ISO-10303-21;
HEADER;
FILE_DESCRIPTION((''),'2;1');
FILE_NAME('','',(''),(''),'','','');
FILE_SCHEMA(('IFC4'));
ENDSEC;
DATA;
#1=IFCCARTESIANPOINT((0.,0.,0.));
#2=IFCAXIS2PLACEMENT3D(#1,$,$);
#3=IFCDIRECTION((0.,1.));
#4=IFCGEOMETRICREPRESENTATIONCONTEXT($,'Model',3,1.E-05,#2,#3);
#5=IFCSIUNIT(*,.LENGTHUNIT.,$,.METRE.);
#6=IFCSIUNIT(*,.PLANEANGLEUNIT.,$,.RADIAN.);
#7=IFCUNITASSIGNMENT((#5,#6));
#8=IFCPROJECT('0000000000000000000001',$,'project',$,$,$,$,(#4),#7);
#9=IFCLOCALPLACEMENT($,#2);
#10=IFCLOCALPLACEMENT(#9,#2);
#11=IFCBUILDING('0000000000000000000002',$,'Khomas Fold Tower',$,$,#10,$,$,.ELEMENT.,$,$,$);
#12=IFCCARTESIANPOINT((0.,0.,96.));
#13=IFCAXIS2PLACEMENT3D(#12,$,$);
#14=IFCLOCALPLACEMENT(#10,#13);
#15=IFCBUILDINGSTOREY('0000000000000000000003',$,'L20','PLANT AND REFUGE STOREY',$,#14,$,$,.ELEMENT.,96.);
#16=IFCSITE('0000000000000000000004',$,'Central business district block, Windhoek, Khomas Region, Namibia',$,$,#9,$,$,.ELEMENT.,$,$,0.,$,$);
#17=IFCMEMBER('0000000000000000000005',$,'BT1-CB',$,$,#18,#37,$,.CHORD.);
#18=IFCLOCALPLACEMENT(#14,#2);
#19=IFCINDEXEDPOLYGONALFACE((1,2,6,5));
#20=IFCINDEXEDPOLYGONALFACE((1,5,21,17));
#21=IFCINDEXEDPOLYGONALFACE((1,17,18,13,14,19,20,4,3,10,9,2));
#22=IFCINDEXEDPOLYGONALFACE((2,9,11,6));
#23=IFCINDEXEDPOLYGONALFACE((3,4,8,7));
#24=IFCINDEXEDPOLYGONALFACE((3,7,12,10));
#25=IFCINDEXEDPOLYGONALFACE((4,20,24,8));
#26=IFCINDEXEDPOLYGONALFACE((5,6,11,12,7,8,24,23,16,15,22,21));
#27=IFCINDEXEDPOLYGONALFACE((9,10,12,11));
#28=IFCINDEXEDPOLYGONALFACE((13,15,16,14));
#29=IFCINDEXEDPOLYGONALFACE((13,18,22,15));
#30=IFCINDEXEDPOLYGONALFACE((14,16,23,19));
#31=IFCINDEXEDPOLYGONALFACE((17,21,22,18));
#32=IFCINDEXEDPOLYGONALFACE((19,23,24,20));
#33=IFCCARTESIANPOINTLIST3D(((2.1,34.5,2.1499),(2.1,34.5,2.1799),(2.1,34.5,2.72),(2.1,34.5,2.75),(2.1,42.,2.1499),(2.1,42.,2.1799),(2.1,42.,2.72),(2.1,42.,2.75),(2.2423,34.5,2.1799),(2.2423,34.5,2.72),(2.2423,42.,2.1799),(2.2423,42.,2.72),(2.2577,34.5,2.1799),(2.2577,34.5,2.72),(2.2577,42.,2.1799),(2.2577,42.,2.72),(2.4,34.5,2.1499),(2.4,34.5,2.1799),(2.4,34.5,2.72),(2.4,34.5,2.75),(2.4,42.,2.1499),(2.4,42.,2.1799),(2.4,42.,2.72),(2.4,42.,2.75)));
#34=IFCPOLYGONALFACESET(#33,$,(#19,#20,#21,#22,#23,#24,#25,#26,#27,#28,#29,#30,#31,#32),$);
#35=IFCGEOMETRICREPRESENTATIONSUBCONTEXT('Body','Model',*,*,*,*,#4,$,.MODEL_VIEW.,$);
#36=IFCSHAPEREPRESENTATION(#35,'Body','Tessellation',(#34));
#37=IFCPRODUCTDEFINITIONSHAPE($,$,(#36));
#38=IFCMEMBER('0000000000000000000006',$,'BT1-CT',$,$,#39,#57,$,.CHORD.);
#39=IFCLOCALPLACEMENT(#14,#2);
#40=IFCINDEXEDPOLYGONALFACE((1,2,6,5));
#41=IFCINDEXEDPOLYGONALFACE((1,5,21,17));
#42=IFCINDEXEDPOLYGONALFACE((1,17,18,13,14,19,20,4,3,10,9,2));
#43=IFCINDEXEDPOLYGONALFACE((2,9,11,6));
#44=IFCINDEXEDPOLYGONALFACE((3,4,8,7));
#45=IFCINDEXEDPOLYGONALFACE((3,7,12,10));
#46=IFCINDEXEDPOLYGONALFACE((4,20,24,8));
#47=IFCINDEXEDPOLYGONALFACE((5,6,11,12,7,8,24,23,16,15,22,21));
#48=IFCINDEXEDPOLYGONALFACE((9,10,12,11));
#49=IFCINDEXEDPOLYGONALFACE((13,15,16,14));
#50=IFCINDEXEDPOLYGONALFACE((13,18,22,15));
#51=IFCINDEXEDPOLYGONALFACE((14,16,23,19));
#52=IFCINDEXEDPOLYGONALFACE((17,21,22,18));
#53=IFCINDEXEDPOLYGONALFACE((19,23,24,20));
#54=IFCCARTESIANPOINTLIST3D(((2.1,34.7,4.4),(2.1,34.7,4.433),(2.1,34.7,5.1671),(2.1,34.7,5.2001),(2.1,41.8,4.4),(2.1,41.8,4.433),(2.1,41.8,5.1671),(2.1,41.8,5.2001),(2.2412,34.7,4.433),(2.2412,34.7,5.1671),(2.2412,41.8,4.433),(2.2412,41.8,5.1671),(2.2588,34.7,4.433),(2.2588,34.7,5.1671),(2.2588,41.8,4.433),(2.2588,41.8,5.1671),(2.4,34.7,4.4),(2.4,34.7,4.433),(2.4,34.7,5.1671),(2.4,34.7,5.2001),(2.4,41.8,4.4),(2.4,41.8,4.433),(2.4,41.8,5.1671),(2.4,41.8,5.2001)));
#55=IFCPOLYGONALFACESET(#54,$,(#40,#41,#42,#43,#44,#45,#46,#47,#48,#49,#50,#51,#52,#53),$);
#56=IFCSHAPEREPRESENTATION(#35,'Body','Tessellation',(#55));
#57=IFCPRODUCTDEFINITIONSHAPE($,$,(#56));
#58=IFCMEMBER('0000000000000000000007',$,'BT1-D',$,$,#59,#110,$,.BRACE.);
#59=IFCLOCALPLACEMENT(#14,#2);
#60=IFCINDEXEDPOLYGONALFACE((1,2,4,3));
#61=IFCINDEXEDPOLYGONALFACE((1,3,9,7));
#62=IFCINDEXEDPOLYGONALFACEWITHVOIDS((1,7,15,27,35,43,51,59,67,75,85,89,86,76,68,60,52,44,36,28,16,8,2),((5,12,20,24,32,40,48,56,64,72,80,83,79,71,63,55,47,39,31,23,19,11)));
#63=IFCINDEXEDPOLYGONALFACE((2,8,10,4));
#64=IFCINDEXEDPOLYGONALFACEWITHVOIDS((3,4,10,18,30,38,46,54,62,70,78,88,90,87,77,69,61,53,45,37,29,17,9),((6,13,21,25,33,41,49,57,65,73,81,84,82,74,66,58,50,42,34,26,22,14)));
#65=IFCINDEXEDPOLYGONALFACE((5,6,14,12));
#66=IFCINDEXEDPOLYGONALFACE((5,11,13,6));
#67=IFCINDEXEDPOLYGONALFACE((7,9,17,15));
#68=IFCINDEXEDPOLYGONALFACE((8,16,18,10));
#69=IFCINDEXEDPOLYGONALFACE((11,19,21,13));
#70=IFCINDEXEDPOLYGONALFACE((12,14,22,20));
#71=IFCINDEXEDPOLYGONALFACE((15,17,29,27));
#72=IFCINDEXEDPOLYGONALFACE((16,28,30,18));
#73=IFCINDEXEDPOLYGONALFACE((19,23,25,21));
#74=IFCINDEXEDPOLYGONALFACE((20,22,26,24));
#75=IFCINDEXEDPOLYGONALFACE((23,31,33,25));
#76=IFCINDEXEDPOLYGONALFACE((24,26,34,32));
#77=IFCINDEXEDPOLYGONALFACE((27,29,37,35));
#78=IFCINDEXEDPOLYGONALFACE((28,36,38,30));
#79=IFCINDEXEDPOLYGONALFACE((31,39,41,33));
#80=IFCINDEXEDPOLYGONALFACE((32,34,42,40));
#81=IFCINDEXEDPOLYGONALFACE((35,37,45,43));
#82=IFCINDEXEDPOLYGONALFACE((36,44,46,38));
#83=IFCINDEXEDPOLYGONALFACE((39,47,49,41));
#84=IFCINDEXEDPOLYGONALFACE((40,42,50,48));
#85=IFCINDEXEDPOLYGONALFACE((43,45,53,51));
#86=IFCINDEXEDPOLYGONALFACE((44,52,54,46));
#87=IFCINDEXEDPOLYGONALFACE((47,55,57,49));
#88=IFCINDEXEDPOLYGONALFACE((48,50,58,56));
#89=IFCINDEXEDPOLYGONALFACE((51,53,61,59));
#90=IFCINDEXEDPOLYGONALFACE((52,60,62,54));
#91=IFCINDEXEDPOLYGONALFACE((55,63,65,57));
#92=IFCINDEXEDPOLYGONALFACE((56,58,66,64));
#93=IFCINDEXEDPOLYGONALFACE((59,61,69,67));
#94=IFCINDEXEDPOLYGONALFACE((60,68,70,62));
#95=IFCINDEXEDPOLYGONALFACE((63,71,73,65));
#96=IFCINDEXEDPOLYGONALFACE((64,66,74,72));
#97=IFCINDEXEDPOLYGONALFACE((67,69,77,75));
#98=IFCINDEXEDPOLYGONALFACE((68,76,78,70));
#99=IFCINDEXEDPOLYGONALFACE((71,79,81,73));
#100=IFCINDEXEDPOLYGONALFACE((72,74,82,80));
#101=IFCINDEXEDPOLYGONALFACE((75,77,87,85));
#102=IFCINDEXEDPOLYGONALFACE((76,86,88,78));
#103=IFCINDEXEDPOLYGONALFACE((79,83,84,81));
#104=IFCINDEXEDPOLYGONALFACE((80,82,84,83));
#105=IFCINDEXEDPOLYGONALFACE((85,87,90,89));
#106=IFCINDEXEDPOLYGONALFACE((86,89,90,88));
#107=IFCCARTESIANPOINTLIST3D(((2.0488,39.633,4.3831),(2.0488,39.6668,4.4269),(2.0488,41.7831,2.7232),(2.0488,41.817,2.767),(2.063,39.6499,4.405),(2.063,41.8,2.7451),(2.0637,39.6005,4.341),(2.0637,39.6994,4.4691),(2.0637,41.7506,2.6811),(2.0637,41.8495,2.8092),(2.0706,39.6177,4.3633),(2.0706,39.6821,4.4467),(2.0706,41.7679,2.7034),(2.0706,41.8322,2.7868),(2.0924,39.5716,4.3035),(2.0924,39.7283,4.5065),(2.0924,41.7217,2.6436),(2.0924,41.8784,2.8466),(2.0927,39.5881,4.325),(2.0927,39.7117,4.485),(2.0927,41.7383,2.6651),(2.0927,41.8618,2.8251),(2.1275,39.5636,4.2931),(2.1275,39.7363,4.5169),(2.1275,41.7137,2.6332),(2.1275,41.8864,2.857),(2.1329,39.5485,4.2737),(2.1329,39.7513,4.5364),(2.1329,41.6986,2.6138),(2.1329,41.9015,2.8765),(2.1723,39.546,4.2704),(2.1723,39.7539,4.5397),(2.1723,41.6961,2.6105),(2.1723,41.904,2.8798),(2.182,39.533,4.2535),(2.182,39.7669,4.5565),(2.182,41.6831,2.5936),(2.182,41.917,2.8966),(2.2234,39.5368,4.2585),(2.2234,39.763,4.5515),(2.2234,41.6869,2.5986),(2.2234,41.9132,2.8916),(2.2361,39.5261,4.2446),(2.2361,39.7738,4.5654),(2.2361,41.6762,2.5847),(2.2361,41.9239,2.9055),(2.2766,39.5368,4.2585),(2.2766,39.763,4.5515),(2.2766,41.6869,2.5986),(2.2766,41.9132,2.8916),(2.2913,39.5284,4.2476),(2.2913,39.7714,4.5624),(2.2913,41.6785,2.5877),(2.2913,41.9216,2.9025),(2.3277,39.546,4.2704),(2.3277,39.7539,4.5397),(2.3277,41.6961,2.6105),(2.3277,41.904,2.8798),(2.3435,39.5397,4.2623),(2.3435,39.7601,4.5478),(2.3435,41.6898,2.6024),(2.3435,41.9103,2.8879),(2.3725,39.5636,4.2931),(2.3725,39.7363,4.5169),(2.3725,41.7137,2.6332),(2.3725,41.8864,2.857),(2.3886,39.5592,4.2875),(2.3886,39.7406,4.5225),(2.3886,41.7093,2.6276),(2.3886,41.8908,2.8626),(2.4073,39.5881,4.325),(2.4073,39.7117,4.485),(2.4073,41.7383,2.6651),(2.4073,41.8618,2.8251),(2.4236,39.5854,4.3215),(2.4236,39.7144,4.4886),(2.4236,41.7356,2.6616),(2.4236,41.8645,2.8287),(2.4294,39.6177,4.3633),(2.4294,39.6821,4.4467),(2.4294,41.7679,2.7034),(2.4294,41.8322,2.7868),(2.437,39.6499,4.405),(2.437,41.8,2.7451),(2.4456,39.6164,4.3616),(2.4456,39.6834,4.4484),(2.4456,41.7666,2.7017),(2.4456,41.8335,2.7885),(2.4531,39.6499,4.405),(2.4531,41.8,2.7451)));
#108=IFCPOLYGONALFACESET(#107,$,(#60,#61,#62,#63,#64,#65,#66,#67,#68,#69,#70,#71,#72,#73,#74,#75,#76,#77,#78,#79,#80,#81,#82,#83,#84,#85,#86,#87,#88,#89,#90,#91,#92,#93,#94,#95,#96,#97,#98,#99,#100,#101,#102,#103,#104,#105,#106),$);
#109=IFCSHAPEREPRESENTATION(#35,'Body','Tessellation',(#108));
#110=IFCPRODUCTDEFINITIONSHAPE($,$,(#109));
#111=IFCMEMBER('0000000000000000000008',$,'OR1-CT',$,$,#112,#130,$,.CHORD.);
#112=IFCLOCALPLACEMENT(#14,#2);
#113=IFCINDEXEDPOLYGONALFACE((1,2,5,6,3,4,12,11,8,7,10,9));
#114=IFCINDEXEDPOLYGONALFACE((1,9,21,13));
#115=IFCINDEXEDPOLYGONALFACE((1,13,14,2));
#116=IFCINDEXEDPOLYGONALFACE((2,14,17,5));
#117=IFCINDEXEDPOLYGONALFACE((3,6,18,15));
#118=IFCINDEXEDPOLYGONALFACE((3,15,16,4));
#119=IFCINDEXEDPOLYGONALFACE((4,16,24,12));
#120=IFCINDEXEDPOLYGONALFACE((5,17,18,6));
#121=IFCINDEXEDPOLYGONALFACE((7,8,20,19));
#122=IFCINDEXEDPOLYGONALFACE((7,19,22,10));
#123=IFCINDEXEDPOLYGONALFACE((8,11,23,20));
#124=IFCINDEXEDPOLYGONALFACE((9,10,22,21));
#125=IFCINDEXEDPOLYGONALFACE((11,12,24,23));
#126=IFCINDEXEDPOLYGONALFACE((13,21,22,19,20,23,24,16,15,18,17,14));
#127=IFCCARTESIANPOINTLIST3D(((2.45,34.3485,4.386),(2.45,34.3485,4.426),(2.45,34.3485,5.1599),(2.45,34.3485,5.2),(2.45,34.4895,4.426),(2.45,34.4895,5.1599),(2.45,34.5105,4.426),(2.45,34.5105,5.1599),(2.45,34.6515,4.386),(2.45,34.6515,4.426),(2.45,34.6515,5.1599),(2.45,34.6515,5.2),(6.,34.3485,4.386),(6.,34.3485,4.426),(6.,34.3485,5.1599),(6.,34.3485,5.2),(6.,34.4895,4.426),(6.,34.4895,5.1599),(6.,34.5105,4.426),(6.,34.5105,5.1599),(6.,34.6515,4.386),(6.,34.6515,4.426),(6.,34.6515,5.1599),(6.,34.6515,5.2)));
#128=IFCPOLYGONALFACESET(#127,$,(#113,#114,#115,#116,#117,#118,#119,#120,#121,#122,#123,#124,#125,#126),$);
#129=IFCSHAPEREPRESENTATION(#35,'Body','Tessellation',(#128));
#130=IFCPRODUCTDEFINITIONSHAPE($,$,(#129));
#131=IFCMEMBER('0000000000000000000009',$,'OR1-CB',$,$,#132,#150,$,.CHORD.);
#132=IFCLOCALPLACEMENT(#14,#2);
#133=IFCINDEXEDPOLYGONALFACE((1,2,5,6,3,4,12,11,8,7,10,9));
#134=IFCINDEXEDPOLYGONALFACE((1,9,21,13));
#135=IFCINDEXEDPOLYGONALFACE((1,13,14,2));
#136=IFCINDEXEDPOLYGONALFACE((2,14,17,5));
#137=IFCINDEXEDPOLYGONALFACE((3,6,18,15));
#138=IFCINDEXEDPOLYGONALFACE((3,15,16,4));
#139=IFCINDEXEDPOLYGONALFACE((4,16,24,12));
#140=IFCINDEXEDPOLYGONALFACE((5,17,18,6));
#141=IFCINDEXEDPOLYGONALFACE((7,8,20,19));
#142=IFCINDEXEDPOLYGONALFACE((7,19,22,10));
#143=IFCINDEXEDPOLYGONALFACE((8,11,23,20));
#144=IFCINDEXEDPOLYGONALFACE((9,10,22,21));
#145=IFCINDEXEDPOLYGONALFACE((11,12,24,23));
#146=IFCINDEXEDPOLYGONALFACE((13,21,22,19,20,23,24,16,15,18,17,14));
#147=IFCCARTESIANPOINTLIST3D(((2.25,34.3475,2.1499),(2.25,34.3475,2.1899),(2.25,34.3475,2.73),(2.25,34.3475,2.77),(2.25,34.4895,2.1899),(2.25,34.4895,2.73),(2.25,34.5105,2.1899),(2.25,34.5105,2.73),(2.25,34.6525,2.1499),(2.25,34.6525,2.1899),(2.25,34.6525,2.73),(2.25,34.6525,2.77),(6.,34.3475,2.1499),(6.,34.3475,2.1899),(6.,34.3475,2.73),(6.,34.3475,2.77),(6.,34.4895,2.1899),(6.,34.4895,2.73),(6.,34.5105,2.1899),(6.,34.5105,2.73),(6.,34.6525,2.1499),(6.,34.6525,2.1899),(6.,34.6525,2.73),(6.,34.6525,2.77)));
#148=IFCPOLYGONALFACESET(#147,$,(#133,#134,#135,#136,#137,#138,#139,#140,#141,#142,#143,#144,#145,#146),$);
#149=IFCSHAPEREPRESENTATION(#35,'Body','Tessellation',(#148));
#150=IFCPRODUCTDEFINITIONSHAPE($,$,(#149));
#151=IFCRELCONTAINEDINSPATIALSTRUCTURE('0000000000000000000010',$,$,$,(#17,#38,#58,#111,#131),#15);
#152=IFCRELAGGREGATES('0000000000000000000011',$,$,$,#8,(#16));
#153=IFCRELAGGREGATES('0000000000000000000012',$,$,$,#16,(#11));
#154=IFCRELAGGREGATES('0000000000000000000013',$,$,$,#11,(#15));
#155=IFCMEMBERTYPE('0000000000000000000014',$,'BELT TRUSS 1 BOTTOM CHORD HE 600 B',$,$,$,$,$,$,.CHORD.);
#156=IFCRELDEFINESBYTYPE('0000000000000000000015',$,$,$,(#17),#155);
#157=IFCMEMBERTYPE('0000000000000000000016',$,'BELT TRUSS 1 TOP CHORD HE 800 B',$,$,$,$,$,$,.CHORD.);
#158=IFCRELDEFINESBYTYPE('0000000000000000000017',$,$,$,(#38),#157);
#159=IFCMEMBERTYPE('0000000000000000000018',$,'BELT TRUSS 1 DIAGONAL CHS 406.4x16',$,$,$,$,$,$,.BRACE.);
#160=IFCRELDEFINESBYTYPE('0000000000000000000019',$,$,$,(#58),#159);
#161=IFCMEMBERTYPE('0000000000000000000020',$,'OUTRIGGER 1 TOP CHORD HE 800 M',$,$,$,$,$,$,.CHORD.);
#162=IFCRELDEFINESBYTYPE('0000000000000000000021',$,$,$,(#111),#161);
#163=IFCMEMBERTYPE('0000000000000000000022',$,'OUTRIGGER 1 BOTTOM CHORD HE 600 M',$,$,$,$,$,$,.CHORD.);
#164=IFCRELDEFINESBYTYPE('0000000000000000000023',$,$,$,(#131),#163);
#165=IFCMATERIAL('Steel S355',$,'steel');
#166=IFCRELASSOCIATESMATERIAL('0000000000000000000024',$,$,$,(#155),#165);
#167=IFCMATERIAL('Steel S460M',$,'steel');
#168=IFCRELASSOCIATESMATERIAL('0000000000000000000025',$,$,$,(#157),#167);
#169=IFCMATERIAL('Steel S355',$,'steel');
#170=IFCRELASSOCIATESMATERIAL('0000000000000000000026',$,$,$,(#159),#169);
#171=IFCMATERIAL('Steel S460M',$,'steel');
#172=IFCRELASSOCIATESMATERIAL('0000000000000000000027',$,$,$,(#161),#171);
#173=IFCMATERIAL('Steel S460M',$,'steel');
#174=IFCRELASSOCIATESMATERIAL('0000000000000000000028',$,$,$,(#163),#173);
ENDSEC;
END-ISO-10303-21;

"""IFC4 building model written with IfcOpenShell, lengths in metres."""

from ifc_helpers import new_model, si_unit, direction, frame, origin, origin_2d, place, context, subcontext, project, spatial, hollow_circle, i_section, extrude, source, transform, mapped, material, material_profile, profile_set, type_object, element, save


model = new_model("IFC4")

# Units and contexts
model_context = context("Model", 3, precision=1e-05, world=origin(), true_north=direction((0.0, 1.0)))
body_context = subcontext(model_context, "Body", "Model", "MODEL_VIEW")
ifc_project = project(units=[si_unit("LENGTHUNIT", "METRE"), si_unit("PLANEANGLEUNIT", "RADIAN")], contexts=[model_context])

# Site, building, storey
site_placement = place(None, origin())
site = spatial("IfcSite", under=ifc_project, at=site_placement, Name="Central business district block, Windhoek, Khomas Region, Namibia", CompositionType="ELEMENT", RefElevation=0.0)
building_placement = place(site_placement, origin())
building = spatial("IfcBuilding", under=site, at=building_placement, Name="Khomas Fold Tower", CompositionType="ELEMENT")
storey_placement = place(building_placement, frame((0.0, 0.0, 96.0)))
storey = spatial("IfcBuildingStorey", under=building, at=storey_placement, Name="L20", Description="PLANT AND REFUGE STOREY", CompositionType="ELEMENT", Elevation=96.0)

# Members
ifc_material_1 = material(Name="Steel S355", Category="steel")
ifc_material_profile_1 = material_profile(ifc_material_1, i_section(OverallWidth=0.3, OverallDepth=0.6001, WebThickness=0.0154, FlangeThickness=0.03, at=origin_2d()), Name="HE 600 B")
ifc_profile_set_1 = profile_set([ifc_material_profile_1], Name="Steel S355")
member_type_1 = type_object("IfcMemberType", Name="BELT TRUSS 1 BOTTOM CHORD HE 600 B", PredefinedType="CHORD", material=ifc_profile_set_1)
shared_shape_1 = source(origin(), body_context, "Body", "SweptSolid", [
    extrude(i_section(OverallWidth=0.3, OverallDepth=0.6001, WebThickness=0.0154, FlangeThickness=0.03, at=origin_2d()), origin(), (0.0, 0.0, 1.0), 7.5),
])
member_1_placement = place(storey_placement, frame((2.25, 42.0, 2.45), z_axis=(0.0, -1.0, 0.0), x_axis=(1.0, 0.0, 0.0)))
element("IfcMember", 1, at=member_1_placement, inside=storey, type_object=member_type_1, Name="BT1-CB", PredefinedType="CHORD", context=body_context, shape_type="MappedRepresentation", body=[
    mapped(shared_shape_1, transform((0.0, 0.0, 0.0))),
])
ifc_material_2 = material(Name="Steel S460M", Category="steel")
ifc_material_profile_2 = material_profile(ifc_material_2, i_section(OverallWidth=0.3, OverallDepth=0.8, WebThickness=0.0176, FlangeThickness=0.033, at=origin_2d()), Name="HE 800 B")
ifc_profile_set_2 = profile_set([ifc_material_profile_2], Name="Steel S460M")
member_type_2 = type_object("IfcMemberType", Name="BELT TRUSS 1 TOP CHORD HE 800 B", PredefinedType="CHORD", material=ifc_profile_set_2)
shared_shape_2 = source(origin(), body_context, "Body", "SweptSolid", [
    extrude(i_section(OverallWidth=0.3, OverallDepth=0.8, WebThickness=0.0176, FlangeThickness=0.033, at=origin_2d()), origin(), (0.0, 0.0, 1.0), 7.1001),
])
member_2_placement = place(storey_placement, frame((2.25, 41.8, 4.8), z_axis=(0.0, -1.0, 0.0), x_axis=(1.0, 0.0, 0.0)))
element("IfcMember", 2, at=member_2_placement, inside=storey, type_object=member_type_2, Name="BT1-CT", PredefinedType="CHORD", context=body_context, shape_type="MappedRepresentation", body=[
    mapped(shared_shape_2, transform((0.0, 0.0, 0.0))),
])
ifc_material_3 = material(Name="Steel S355", Category="steel")
ifc_material_profile_3 = material_profile(ifc_material_3, hollow_circle(Radius=0.2031, WallThickness=0.0161, at=origin_2d()), Name="CHS 406.4x16")
ifc_profile_set_3 = profile_set([ifc_material_profile_3], Name="Steel S355")
member_type_3 = type_object("IfcMemberType", Name="BELT TRUSS 1 DIAGONAL CHS 406.4x16", PredefinedType="BRACE", material=ifc_profile_set_3)
shared_shape_3 = source(origin(), body_context, "Body", "SweptSolid", [
    extrude(hollow_circle(Radius=0.2031, WallThickness=0.0161, at=origin_2d()), origin(), (0.0, 0.0, 1.0), 2.7163),
])
member_3_placement = place(storey_placement, frame((2.25, 41.8, 2.7451), z_axis=(0.0, -0.791564, 0.611087), x_axis=(1.0, 0.0, 0.0)))
element("IfcMember", 3, at=member_3_placement, inside=storey, type_object=member_type_3, Name="BT1-D", PredefinedType="BRACE", context=body_context, shape_type="MappedRepresentation", body=[
    mapped(shared_shape_3, transform((0.0, 0.0, 0.0))),
])
ifc_material_4 = material(Name="Steel S460M", Category="steel")
ifc_material_profile_4 = material_profile(ifc_material_4, i_section(OverallWidth=0.303, OverallDepth=0.814, WebThickness=0.021, FlangeThickness=0.04, at=origin_2d()), Name="HE 800 M")
ifc_profile_set_4 = profile_set([ifc_material_profile_4], Name="Steel S460M")
member_type_4 = type_object("IfcMemberType", Name="OUTRIGGER 1 TOP CHORD HE 800 M", PredefinedType="CHORD", material=ifc_profile_set_4)
shared_shape_4 = source(origin(), body_context, "Body", "SweptSolid", [
    extrude(i_section(OverallWidth=0.303, OverallDepth=0.814, WebThickness=0.021, FlangeThickness=0.04, at=origin_2d()), origin(), (0.0, 0.0, 1.0), 3.55),
])
member_4_placement = place(storey_placement, frame((6.0, 34.5, 4.793), z_axis=(-1.0, 0.0, 0.0), x_axis=(0.0, -1.0, 0.0)))
element("IfcMember", 4, at=member_4_placement, inside=storey, type_object=member_type_4, Name="OR1-CT", PredefinedType="CHORD", context=body_context, shape_type="MappedRepresentation", body=[
    mapped(shared_shape_4, transform((0.0, 0.0, 0.0))),
])
ifc_material_5 = material(Name="Steel S460M", Category="steel")
ifc_material_profile_5 = material_profile(ifc_material_5, i_section(OverallWidth=0.3049, OverallDepth=0.6201, WebThickness=0.021, FlangeThickness=0.04, at=origin_2d()), Name="HE 600 M")
ifc_profile_set_5 = profile_set([ifc_material_profile_5], Name="Steel S460M")
member_type_5 = type_object("IfcMemberType", Name="OUTRIGGER 1 BOTTOM CHORD HE 600 M", PredefinedType="CHORD", material=ifc_profile_set_5)
shared_shape_5 = source(origin(), body_context, "Body", "SweptSolid", [
    extrude(i_section(OverallWidth=0.3049, OverallDepth=0.6201, WebThickness=0.021, FlangeThickness=0.04, at=origin_2d()), origin(), (0.0, 0.0, 1.0), 3.75),
])
member_5_placement = place(storey_placement, frame((6.0, 34.5, 2.46), z_axis=(-1.0, 0.0, 0.0), x_axis=(0.0, -1.0, 0.0)))
element("IfcMember", 5, at=member_5_placement, inside=storey, type_object=member_type_5, Name="OR1-CB", PredefinedType="CHORD", context=body_context, shape_type="MappedRepresentation", body=[
    mapped(shared_shape_5, transform((0.0, 0.0, 0.0))),
])

save(model, "model.ifc")
